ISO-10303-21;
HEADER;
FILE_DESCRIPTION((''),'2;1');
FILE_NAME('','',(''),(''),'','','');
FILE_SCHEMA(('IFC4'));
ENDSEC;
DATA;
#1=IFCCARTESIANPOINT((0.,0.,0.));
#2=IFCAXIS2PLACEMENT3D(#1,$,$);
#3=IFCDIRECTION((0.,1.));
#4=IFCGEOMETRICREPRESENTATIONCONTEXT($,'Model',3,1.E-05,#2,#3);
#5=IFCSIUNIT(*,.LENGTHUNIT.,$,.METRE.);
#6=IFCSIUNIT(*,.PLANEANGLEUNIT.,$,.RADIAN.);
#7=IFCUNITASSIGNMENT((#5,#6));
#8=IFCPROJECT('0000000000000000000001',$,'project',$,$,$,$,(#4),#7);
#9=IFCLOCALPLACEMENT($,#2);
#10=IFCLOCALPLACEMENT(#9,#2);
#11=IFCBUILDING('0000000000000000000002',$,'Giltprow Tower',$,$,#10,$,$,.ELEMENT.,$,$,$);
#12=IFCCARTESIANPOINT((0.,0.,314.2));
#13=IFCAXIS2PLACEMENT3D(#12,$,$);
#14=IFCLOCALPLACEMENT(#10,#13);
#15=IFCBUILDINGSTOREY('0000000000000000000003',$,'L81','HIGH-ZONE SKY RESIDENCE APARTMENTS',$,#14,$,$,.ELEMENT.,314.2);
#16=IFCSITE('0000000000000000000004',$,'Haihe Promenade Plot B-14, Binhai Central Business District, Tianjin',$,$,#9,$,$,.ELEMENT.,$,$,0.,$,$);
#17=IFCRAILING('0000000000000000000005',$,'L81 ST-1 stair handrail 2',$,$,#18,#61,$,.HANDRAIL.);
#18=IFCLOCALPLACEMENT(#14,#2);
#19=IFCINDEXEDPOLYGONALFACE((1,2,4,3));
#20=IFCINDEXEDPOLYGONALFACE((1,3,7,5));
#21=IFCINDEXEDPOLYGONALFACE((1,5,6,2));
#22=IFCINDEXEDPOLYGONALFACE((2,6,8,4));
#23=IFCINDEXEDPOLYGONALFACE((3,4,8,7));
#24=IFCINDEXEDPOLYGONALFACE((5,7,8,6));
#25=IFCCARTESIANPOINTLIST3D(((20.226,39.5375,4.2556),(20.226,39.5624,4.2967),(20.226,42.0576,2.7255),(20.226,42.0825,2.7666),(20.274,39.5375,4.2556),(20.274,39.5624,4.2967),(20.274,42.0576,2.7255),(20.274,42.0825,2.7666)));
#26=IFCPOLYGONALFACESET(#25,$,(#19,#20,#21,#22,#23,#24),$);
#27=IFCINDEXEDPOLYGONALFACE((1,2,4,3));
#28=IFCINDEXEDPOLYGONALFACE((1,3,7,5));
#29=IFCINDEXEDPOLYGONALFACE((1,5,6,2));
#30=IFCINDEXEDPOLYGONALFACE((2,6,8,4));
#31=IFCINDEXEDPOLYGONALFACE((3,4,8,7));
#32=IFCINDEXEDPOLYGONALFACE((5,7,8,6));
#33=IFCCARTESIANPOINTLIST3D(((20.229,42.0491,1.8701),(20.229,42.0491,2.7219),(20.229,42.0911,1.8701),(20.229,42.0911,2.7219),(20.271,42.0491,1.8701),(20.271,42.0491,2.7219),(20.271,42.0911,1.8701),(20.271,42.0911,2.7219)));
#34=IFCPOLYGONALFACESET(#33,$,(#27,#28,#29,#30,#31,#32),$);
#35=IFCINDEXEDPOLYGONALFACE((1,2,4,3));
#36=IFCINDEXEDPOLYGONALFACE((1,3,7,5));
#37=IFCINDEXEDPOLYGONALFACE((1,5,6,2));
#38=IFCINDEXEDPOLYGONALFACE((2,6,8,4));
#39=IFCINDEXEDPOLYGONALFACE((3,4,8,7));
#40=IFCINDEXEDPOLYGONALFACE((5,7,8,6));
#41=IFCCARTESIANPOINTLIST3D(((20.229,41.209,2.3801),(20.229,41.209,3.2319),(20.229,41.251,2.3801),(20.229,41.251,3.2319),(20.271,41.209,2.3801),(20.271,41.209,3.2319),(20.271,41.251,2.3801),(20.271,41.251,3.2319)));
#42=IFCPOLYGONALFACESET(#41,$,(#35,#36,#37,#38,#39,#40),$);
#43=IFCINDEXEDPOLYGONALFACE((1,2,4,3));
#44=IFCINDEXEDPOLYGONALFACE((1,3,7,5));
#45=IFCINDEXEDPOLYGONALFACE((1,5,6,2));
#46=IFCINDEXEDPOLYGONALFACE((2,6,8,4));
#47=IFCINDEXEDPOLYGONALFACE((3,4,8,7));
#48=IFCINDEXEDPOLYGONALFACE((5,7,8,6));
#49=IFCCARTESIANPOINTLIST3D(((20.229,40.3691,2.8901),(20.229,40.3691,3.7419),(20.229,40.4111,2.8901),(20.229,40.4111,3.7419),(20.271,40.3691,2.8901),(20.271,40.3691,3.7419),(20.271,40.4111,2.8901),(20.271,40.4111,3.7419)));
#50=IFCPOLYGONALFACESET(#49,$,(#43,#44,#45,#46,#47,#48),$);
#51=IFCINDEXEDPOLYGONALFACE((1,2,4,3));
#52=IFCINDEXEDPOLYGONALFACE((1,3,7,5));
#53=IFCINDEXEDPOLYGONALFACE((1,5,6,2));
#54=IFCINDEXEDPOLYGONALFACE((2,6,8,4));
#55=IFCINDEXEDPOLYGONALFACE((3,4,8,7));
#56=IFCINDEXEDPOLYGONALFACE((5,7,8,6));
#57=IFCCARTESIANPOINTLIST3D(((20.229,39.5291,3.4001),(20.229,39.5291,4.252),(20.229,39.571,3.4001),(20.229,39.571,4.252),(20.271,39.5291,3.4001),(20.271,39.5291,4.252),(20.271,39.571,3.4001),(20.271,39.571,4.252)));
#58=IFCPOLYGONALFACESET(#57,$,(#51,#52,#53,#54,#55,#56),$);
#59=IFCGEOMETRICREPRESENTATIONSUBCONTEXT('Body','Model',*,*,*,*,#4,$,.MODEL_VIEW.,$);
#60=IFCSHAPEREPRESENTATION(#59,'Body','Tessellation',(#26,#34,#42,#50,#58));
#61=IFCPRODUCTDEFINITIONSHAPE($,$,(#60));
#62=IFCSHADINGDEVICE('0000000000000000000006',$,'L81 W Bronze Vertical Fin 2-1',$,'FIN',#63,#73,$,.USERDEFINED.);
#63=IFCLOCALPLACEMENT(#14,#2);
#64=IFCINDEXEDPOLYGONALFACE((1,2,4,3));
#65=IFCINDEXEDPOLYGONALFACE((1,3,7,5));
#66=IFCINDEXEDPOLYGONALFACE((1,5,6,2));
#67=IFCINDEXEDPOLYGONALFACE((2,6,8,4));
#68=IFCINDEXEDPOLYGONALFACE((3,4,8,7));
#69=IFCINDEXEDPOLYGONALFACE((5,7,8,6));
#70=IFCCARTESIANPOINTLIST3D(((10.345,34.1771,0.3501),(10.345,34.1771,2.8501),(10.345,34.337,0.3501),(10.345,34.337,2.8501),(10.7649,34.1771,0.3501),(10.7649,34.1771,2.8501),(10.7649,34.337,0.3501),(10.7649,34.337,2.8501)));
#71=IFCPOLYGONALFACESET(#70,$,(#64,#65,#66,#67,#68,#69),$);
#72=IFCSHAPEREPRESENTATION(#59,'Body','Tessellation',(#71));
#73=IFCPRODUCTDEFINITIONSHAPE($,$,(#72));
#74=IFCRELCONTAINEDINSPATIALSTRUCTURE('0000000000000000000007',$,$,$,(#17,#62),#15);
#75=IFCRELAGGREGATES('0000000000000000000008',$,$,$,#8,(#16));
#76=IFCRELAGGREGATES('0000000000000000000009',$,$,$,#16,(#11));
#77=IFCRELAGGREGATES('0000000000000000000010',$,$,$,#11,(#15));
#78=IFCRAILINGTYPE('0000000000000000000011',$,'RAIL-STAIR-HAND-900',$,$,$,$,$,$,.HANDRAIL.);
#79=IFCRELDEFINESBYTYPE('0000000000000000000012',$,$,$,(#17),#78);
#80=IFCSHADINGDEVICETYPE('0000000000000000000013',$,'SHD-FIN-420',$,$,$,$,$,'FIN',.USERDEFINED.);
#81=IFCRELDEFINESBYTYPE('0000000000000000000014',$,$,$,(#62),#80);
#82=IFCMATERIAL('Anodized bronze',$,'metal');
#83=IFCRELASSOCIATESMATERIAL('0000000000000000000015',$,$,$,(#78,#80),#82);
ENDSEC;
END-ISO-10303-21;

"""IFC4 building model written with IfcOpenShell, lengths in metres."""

from ifc_helpers import new_model, si_unit, direction, frame, origin, origin_2d, place, context, subcontext, project, spatial, rectangle, extrude, source, transform, mapped, material, type_object, element, save


model = new_model("IFC4")

# Units and contexts
model_context = context("Model", 3, precision=1e-05, world=origin(), true_north=direction((0.0, 1.0)))
body_context = subcontext(model_context, "Body", "Model", "MODEL_VIEW")
ifc_project = project(units=[si_unit("LENGTHUNIT", "METRE"), si_unit("PLANEANGLEUNIT", "RADIAN")], contexts=[model_context])

# Site, building, storey
site_placement = place(None, origin())
site = spatial("IfcSite", under=ifc_project, at=site_placement, Name="Haihe Promenade Plot B-14, Binhai Central Business District, Tianjin", CompositionType="ELEMENT", RefElevation=0.0)
building_placement = place(site_placement, origin())
building = spatial("IfcBuilding", under=site, at=building_placement, Name="Giltprow Tower", CompositionType="ELEMENT")
storey_placement = place(building_placement, frame((0.0, 0.0, 314.2)))
storey = spatial("IfcBuildingStorey", under=building, at=storey_placement, Name="L81", Description="HIGH-ZONE SKY RESIDENCE APARTMENTS", CompositionType="ELEMENT", Elevation=314.2)

# Railing
ifc_material_1 = material(Name="Anodized bronze", Category="metal")
railing_type = type_object("IfcRailingType", Name="RAIL-STAIR-HAND-900", PredefinedType="HANDRAIL", material=ifc_material_1)
railing_placement = place(storey_placement, frame((20.25, 42.0701, 1.8701)))
element("IfcRailing", 1, at=railing_placement, inside=storey, type_object=railing_type, Name="L81 ST-1 stair handrail 2", PredefinedType="HANDRAIL", context=body_context, shape_type="SweptSolid", body=[
    extrude(rectangle(XDim=0.0481, YDim=0.0481, at=origin_2d()), frame((0.0, 0.0, 0.876), z_axis=(0.0, -0.854785, 0.518982), x_axis=(1.0, 0.0, 0.0)), (0.0, 0.0, 1.0), 2.9482),
    extrude(rectangle(XDim=0.042, YDim=0.042, at=origin_2d()), origin(), (0.0, 0.0, 1.0), 0.8518),
    extrude(rectangle(XDim=0.042, YDim=0.042, at=origin_2d()), frame((0.0, -0.8401, 0.51)), (0.0, 0.0, 1.0), 0.8518),
    extrude(rectangle(XDim=0.042, YDim=0.042, at=origin_2d()), frame((0.0, -1.6799, 1.02)), (0.0, 0.0, 1.0), 0.8518),
    extrude(rectangle(XDim=0.042, YDim=0.042, at=origin_2d()), frame((0.0, -2.52, 1.53)), (0.0, 0.0, 1.0), 0.8518),
])

# Shading device
shading_device_type = type_object("IfcShadingDeviceType", Name="SHD-FIN-420", ElementType="FIN", PredefinedType="USERDEFINED", material=ifc_material_1)
shared_shape_1 = source(origin(), body_context, "Body", "SweptSolid", [
    extrude(rectangle(XDim=0.4199, YDim=0.1599, at=origin_2d()), origin(), (0.0, 0.0, 1.0), 2.5),
])
shading_device_placement = place(storey_placement, frame((10.5549, 34.2571, 0.3501), z_axis=(0.0, 0.0, 1.0), x_axis=(1.0, 0.0, 0.0)))
element("IfcShadingDevice", 2, at=shading_device_placement, inside=storey, type_object=shading_device_type, Name="L81 W Bronze Vertical Fin 2-1", ObjectType="FIN", PredefinedType="USERDEFINED", context=body_context, shape_type="MappedRepresentation", body=[
    mapped(shared_shape_1, transform((0.0, 0.0, 0.0), x_axis=(1.0, 0.0, 0.0), y_axis=(0.0, 1.0, 0.0), z_axis=(0.0, 0.0, 1.0), scale=1.0)),
])

save(model, "model.ifc")
